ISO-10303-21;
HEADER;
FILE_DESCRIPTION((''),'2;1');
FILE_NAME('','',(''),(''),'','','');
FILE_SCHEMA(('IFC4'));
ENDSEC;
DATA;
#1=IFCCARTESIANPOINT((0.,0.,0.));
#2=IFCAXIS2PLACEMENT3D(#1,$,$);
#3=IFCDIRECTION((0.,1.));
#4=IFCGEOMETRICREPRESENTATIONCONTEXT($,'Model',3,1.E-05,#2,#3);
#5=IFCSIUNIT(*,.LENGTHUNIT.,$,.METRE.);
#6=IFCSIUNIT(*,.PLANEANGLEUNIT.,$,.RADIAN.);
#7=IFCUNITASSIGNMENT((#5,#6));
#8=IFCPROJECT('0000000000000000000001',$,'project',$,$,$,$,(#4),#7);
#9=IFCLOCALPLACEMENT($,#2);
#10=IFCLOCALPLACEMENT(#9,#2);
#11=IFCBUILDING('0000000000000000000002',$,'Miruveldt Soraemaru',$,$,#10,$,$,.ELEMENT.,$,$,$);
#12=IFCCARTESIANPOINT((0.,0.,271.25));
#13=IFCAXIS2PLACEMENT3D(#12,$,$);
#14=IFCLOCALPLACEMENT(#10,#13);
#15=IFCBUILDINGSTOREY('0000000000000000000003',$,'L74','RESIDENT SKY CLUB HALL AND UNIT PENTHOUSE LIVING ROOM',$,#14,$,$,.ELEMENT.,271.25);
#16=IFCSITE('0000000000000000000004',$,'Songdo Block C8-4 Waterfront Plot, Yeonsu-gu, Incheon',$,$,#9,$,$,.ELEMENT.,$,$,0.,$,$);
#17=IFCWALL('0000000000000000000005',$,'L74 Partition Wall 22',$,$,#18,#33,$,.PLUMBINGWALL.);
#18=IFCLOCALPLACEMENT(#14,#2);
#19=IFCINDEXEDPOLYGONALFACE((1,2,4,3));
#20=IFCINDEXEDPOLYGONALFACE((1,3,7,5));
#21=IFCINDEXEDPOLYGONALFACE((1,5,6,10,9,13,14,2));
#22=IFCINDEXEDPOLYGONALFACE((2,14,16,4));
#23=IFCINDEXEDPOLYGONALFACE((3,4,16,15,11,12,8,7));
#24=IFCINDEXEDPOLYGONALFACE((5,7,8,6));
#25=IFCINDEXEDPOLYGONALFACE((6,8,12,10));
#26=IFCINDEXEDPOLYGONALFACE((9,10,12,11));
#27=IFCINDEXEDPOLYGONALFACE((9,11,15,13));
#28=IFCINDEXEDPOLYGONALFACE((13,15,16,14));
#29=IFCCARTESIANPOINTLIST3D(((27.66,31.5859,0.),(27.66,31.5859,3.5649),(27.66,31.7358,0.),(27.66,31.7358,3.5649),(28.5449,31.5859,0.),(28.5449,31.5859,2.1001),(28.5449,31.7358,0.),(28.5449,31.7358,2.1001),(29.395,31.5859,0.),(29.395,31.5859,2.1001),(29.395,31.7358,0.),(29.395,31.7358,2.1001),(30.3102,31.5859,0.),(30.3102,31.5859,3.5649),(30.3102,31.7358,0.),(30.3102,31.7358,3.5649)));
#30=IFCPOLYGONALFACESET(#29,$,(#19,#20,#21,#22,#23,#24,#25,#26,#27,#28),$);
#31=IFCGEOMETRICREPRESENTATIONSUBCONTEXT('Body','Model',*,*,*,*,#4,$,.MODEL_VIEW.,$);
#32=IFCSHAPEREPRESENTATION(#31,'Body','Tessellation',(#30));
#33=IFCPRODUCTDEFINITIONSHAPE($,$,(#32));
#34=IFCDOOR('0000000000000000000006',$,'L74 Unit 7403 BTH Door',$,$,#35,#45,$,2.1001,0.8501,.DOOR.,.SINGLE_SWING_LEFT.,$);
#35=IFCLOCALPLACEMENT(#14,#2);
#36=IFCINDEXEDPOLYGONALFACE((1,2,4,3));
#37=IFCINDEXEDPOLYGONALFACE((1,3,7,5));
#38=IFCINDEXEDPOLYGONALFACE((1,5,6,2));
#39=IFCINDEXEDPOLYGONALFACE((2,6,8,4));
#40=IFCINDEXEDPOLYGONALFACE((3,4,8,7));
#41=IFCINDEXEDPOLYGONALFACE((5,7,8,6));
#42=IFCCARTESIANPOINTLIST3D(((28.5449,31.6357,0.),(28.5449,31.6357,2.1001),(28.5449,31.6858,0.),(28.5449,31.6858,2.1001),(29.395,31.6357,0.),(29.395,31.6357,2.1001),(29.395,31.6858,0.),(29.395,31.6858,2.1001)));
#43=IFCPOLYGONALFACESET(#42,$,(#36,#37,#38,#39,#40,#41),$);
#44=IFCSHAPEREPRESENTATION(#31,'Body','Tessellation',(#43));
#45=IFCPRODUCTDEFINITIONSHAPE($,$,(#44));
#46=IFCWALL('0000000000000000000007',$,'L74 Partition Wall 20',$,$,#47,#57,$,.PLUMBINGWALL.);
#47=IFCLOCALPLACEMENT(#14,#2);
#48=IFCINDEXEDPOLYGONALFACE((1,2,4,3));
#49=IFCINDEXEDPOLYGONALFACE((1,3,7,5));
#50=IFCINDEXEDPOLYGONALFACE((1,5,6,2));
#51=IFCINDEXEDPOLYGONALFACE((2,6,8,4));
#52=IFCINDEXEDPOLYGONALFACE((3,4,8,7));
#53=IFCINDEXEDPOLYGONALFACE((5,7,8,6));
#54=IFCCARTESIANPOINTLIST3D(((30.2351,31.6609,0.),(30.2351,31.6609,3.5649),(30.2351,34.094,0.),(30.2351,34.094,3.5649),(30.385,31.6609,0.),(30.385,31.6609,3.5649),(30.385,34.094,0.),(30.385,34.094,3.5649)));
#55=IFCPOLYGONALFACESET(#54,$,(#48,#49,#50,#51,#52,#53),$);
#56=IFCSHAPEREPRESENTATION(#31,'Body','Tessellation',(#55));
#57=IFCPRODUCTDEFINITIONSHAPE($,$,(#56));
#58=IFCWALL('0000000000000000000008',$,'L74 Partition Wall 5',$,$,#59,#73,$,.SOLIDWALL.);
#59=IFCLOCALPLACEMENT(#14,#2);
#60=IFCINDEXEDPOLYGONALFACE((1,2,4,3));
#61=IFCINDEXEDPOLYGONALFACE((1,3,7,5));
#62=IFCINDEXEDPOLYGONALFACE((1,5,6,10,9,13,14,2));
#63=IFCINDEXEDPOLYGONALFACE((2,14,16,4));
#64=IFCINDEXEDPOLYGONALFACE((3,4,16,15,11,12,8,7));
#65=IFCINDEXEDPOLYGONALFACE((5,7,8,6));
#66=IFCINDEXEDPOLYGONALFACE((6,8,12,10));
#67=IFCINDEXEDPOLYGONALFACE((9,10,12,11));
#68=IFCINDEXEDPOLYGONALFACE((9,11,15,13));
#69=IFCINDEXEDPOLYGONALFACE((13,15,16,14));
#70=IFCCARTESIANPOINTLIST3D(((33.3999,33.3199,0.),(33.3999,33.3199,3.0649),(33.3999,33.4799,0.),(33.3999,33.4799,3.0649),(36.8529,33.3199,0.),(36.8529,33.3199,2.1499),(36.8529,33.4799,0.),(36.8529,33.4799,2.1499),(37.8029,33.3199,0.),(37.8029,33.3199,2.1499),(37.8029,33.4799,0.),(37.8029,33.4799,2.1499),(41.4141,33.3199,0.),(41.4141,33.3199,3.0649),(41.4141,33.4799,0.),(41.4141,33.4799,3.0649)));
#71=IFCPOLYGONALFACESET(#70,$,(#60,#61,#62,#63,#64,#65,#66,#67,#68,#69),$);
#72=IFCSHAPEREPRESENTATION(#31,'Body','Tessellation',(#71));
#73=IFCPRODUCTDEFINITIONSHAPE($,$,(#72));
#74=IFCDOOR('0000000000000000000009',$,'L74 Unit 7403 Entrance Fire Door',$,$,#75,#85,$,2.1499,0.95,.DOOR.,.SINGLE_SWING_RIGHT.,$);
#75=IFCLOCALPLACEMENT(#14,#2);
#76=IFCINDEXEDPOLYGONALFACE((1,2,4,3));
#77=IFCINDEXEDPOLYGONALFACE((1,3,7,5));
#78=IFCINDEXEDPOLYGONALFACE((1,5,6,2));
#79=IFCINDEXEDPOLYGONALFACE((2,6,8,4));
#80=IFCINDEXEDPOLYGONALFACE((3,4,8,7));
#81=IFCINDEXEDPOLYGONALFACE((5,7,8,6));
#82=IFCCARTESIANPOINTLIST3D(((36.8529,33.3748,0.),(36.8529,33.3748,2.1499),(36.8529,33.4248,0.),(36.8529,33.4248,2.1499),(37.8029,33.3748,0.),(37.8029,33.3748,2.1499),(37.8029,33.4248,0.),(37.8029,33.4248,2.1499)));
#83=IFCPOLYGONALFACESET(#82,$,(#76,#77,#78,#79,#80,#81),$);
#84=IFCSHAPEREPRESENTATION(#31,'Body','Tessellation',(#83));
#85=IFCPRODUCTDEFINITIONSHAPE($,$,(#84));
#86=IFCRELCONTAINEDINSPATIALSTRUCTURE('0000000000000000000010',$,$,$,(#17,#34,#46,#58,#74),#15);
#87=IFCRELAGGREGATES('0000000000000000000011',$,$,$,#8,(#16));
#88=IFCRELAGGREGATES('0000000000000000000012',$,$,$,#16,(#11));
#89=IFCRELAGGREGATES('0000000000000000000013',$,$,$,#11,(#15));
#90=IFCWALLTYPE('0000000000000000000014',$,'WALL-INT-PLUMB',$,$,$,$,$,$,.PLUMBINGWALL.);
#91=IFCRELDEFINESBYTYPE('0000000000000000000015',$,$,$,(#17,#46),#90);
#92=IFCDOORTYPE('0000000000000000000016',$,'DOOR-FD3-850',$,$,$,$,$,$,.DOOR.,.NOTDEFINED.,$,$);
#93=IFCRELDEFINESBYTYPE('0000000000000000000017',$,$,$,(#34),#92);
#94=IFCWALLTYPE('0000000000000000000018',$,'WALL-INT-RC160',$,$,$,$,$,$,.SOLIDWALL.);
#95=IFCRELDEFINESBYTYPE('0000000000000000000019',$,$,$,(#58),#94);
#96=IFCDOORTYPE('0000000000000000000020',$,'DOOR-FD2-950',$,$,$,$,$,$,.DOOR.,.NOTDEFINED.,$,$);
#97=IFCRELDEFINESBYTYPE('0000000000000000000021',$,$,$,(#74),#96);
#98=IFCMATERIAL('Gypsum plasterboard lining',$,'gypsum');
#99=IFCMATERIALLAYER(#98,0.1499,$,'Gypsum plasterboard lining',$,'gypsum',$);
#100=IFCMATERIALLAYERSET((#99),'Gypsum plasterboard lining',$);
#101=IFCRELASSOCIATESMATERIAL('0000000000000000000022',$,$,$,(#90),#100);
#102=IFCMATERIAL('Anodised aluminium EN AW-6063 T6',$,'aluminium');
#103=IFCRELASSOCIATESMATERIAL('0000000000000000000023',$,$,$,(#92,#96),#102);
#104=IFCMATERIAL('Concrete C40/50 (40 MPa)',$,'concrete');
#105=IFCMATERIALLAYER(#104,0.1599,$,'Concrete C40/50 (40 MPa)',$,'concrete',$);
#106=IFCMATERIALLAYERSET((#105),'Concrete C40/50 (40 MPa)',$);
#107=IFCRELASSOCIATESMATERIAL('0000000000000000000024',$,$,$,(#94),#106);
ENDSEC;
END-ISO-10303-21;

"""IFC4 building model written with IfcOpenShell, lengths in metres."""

from ifc_helpers import new_model, si_unit, direction, frame, frame_2d, origin, place, context, subcontext, project, spatial, rectangle, extrude, material, layer, layer_set, type_object, element, fill, save


model = new_model("IFC4")

# Units and contexts
model_context = context("Model", 3, precision=1e-05, world=origin(), true_north=direction((0.0, 1.0)))
body_context = subcontext(model_context, "Body", "Model", "MODEL_VIEW")
ifc_project = project(units=[si_unit("LENGTHUNIT", "METRE"), si_unit("PLANEANGLEUNIT", "RADIAN")], contexts=[model_context])

# Site, building, storey
site_placement = place(None, origin())
site = spatial("IfcSite", under=ifc_project, at=site_placement, Name="Songdo Block C8-4 Waterfront Plot, Yeonsu-gu, Incheon", CompositionType="ELEMENT", RefElevation=0.0)
building_placement = place(site_placement, origin())
building = spatial("IfcBuilding", under=site, at=building_placement, Name="Miruveldt Soraemaru", CompositionType="ELEMENT")
storey_placement = place(building_placement, frame((0.0, 0.0, 271.25)))
storey = spatial("IfcBuildingStorey", under=building, at=storey_placement, Name="L74", Description="RESIDENT SKY CLUB HALL AND UNIT PENTHOUSE LIVING ROOM", CompositionType="ELEMENT", Elevation=271.25)

# Shared definitions
ifc_material_1 = material(Name="Concrete C40/50 (40 MPa)", Category="concrete")

# Wall, opening, door
ifc_material_2 = material(Name="Gypsum plasterboard lining", Category="gypsum")
ifc_layer_1 = layer(ifc_material_2, 0.1499, Name="Gypsum plasterboard lining", Category="gypsum")
ifc_layer_set_1 = layer_set([ifc_layer_1], Name="Gypsum plasterboard lining")
wall_type_1 = type_object("IfcWallType", Name="WALL-INT-PLUMB", PredefinedType="PLUMBINGWALL", material=ifc_layer_set_1)
wall_1_placement = place(storey_placement, frame((27.6599, 31.6609, 0.0), z_axis=(0.0, 0.0, 1.0), x_axis=(1.0, 0.0, 0.0)))
wall_1 = element("IfcWall", 1, at=wall_1_placement, inside=storey, type_object=wall_type_1, Name="L74 Partition Wall 22", PredefinedType="PLUMBINGWALL", context=body_context, shape_type="SweptSolid", body=[
    extrude(rectangle(XDim=2.6501, YDim=0.1499, at=frame_2d((1.3252, 0.0))), origin(), (0.0, 0.0, 1.0), 3.5649),
])
opening_1_placement = place(wall_1_placement, frame((0.885, 0.0, 0.0)))
opening_1 = element("IfcOpeningElement", 2, at=opening_1_placement, cuts=wall_1, PredefinedType="OPENING", context=body_context, shape_type="SweptSolid", body=[
    extrude(rectangle(XDim=0.8501, YDim=2.1001, at=frame_2d((0.425, 1.05))), frame((0.0, 0.085, 0.0), z_axis=(0.0, -1.0, 0.0), x_axis=(1.0, 0.0, 0.0)), (0.0, 0.0, 1.0), 0.1699),
])
ifc_material_3 = material(Name="Anodised aluminium EN AW-6063 T6", Category="aluminium")
door_type_1 = type_object("IfcDoorType", Name="DOOR-FD3-850", OperationType="NOTDEFINED", PredefinedType="DOOR", material=ifc_material_3)
door_1_placement = place(opening_1_placement, origin())
door_1 = element("IfcDoor", 3, at=door_1_placement, inside=storey, type_object=door_type_1, Name="L74 Unit 7403 BTH Door", OperationType="SINGLE_SWING_LEFT", OverallHeight=2.1001, OverallWidth=0.8501, PredefinedType="DOOR", context=body_context, shape_type="SweptSolid", body=[
    extrude(rectangle(XDim=0.8501, YDim=2.1001, at=frame_2d((0.425, 1.05))), frame((0.0, 0.0249, 0.0), z_axis=(0.0, -1.0, 0.0), x_axis=(1.0, 0.0, 0.0)), (0.0, 0.0, 1.0), 0.05),
])
fill(opening_1, door_1)

# Wall
wall_2_placement = place(storey_placement, frame((30.3101, 31.6609, 0.0), z_axis=(0.0, 0.0, 1.0), x_axis=(0.0, 1.0, 0.0)))
element("IfcWall", 4, at=wall_2_placement, inside=storey, type_object=wall_type_1, Name="L74 Partition Wall 20", PredefinedType="PLUMBINGWALL", context=body_context, shape_type="SweptSolid", body=[
    extrude(rectangle(XDim=2.4331, YDim=0.1499, at=frame_2d((1.2166, 0.0))), origin(), (0.0, 0.0, 1.0), 3.5649),
])

# Wall, opening, door
ifc_layer_2 = layer(ifc_material_1, 0.1599, Name="Concrete C40/50 (40 MPa)", Category="concrete")
ifc_layer_set_2 = layer_set([ifc_layer_2], Name="Concrete C40/50 (40 MPa)")
wall_type_2 = type_object("IfcWallType", Name="WALL-INT-RC160", PredefinedType="SOLIDWALL", material=ifc_layer_set_2)
wall_3_placement = place(storey_placement, frame((33.3999, 33.3999, 0.0), z_axis=(0.0, 0.0, 1.0), x_axis=(1.0, 0.0, 0.0)))
wall_3 = element("IfcWall", 5, at=wall_3_placement, inside=storey, type_object=wall_type_2, Name="L74 Partition Wall 5", PredefinedType="SOLIDWALL", context=body_context, shape_type="SweptSolid", body=[
    extrude(rectangle(XDim=8.0142, YDim=0.1599, at=frame_2d((4.0071, 0.0))), origin(), (0.0, 0.0, 1.0), 3.0649),
])
opening_2_placement = place(wall_3_placement, frame((3.4529, 0.0, 0.0)))
opening_2 = element("IfcOpeningElement", 6, at=opening_2_placement, cuts=wall_3, PredefinedType="OPENING", context=body_context, shape_type="SweptSolid", body=[
    extrude(rectangle(XDim=0.95, YDim=2.1499, at=frame_2d((0.4751, 1.075))), frame((0.0, 0.0898, 0.0), z_axis=(0.0, -1.0, 0.0), x_axis=(1.0, 0.0, 0.0)), (0.0, 0.0, 1.0), 0.1799),
])
door_type_2 = type_object("IfcDoorType", Name="DOOR-FD2-950", OperationType="NOTDEFINED", PredefinedType="DOOR", material=ifc_material_3)
door_2_placement = place(opening_2_placement, origin())
door_2 = element("IfcDoor", 7, at=door_2_placement, inside=storey, type_object=door_type_2, Name="L74 Unit 7403 Entrance Fire Door", OperationType="SINGLE_SWING_RIGHT", OverallHeight=2.1499, OverallWidth=0.95, PredefinedType="DOOR", context=body_context, shape_type="SweptSolid", body=[
    extrude(rectangle(XDim=0.95, YDim=2.1499, at=frame_2d((0.4751, 1.075))), frame((0.0, 0.0249, 0.0), z_axis=(0.0, -1.0, 0.0), x_axis=(1.0, 0.0, 0.0)), (0.0, 0.0, 1.0), 0.05),
])
fill(opening_2, door_2)

save(model, "model.ifc")
